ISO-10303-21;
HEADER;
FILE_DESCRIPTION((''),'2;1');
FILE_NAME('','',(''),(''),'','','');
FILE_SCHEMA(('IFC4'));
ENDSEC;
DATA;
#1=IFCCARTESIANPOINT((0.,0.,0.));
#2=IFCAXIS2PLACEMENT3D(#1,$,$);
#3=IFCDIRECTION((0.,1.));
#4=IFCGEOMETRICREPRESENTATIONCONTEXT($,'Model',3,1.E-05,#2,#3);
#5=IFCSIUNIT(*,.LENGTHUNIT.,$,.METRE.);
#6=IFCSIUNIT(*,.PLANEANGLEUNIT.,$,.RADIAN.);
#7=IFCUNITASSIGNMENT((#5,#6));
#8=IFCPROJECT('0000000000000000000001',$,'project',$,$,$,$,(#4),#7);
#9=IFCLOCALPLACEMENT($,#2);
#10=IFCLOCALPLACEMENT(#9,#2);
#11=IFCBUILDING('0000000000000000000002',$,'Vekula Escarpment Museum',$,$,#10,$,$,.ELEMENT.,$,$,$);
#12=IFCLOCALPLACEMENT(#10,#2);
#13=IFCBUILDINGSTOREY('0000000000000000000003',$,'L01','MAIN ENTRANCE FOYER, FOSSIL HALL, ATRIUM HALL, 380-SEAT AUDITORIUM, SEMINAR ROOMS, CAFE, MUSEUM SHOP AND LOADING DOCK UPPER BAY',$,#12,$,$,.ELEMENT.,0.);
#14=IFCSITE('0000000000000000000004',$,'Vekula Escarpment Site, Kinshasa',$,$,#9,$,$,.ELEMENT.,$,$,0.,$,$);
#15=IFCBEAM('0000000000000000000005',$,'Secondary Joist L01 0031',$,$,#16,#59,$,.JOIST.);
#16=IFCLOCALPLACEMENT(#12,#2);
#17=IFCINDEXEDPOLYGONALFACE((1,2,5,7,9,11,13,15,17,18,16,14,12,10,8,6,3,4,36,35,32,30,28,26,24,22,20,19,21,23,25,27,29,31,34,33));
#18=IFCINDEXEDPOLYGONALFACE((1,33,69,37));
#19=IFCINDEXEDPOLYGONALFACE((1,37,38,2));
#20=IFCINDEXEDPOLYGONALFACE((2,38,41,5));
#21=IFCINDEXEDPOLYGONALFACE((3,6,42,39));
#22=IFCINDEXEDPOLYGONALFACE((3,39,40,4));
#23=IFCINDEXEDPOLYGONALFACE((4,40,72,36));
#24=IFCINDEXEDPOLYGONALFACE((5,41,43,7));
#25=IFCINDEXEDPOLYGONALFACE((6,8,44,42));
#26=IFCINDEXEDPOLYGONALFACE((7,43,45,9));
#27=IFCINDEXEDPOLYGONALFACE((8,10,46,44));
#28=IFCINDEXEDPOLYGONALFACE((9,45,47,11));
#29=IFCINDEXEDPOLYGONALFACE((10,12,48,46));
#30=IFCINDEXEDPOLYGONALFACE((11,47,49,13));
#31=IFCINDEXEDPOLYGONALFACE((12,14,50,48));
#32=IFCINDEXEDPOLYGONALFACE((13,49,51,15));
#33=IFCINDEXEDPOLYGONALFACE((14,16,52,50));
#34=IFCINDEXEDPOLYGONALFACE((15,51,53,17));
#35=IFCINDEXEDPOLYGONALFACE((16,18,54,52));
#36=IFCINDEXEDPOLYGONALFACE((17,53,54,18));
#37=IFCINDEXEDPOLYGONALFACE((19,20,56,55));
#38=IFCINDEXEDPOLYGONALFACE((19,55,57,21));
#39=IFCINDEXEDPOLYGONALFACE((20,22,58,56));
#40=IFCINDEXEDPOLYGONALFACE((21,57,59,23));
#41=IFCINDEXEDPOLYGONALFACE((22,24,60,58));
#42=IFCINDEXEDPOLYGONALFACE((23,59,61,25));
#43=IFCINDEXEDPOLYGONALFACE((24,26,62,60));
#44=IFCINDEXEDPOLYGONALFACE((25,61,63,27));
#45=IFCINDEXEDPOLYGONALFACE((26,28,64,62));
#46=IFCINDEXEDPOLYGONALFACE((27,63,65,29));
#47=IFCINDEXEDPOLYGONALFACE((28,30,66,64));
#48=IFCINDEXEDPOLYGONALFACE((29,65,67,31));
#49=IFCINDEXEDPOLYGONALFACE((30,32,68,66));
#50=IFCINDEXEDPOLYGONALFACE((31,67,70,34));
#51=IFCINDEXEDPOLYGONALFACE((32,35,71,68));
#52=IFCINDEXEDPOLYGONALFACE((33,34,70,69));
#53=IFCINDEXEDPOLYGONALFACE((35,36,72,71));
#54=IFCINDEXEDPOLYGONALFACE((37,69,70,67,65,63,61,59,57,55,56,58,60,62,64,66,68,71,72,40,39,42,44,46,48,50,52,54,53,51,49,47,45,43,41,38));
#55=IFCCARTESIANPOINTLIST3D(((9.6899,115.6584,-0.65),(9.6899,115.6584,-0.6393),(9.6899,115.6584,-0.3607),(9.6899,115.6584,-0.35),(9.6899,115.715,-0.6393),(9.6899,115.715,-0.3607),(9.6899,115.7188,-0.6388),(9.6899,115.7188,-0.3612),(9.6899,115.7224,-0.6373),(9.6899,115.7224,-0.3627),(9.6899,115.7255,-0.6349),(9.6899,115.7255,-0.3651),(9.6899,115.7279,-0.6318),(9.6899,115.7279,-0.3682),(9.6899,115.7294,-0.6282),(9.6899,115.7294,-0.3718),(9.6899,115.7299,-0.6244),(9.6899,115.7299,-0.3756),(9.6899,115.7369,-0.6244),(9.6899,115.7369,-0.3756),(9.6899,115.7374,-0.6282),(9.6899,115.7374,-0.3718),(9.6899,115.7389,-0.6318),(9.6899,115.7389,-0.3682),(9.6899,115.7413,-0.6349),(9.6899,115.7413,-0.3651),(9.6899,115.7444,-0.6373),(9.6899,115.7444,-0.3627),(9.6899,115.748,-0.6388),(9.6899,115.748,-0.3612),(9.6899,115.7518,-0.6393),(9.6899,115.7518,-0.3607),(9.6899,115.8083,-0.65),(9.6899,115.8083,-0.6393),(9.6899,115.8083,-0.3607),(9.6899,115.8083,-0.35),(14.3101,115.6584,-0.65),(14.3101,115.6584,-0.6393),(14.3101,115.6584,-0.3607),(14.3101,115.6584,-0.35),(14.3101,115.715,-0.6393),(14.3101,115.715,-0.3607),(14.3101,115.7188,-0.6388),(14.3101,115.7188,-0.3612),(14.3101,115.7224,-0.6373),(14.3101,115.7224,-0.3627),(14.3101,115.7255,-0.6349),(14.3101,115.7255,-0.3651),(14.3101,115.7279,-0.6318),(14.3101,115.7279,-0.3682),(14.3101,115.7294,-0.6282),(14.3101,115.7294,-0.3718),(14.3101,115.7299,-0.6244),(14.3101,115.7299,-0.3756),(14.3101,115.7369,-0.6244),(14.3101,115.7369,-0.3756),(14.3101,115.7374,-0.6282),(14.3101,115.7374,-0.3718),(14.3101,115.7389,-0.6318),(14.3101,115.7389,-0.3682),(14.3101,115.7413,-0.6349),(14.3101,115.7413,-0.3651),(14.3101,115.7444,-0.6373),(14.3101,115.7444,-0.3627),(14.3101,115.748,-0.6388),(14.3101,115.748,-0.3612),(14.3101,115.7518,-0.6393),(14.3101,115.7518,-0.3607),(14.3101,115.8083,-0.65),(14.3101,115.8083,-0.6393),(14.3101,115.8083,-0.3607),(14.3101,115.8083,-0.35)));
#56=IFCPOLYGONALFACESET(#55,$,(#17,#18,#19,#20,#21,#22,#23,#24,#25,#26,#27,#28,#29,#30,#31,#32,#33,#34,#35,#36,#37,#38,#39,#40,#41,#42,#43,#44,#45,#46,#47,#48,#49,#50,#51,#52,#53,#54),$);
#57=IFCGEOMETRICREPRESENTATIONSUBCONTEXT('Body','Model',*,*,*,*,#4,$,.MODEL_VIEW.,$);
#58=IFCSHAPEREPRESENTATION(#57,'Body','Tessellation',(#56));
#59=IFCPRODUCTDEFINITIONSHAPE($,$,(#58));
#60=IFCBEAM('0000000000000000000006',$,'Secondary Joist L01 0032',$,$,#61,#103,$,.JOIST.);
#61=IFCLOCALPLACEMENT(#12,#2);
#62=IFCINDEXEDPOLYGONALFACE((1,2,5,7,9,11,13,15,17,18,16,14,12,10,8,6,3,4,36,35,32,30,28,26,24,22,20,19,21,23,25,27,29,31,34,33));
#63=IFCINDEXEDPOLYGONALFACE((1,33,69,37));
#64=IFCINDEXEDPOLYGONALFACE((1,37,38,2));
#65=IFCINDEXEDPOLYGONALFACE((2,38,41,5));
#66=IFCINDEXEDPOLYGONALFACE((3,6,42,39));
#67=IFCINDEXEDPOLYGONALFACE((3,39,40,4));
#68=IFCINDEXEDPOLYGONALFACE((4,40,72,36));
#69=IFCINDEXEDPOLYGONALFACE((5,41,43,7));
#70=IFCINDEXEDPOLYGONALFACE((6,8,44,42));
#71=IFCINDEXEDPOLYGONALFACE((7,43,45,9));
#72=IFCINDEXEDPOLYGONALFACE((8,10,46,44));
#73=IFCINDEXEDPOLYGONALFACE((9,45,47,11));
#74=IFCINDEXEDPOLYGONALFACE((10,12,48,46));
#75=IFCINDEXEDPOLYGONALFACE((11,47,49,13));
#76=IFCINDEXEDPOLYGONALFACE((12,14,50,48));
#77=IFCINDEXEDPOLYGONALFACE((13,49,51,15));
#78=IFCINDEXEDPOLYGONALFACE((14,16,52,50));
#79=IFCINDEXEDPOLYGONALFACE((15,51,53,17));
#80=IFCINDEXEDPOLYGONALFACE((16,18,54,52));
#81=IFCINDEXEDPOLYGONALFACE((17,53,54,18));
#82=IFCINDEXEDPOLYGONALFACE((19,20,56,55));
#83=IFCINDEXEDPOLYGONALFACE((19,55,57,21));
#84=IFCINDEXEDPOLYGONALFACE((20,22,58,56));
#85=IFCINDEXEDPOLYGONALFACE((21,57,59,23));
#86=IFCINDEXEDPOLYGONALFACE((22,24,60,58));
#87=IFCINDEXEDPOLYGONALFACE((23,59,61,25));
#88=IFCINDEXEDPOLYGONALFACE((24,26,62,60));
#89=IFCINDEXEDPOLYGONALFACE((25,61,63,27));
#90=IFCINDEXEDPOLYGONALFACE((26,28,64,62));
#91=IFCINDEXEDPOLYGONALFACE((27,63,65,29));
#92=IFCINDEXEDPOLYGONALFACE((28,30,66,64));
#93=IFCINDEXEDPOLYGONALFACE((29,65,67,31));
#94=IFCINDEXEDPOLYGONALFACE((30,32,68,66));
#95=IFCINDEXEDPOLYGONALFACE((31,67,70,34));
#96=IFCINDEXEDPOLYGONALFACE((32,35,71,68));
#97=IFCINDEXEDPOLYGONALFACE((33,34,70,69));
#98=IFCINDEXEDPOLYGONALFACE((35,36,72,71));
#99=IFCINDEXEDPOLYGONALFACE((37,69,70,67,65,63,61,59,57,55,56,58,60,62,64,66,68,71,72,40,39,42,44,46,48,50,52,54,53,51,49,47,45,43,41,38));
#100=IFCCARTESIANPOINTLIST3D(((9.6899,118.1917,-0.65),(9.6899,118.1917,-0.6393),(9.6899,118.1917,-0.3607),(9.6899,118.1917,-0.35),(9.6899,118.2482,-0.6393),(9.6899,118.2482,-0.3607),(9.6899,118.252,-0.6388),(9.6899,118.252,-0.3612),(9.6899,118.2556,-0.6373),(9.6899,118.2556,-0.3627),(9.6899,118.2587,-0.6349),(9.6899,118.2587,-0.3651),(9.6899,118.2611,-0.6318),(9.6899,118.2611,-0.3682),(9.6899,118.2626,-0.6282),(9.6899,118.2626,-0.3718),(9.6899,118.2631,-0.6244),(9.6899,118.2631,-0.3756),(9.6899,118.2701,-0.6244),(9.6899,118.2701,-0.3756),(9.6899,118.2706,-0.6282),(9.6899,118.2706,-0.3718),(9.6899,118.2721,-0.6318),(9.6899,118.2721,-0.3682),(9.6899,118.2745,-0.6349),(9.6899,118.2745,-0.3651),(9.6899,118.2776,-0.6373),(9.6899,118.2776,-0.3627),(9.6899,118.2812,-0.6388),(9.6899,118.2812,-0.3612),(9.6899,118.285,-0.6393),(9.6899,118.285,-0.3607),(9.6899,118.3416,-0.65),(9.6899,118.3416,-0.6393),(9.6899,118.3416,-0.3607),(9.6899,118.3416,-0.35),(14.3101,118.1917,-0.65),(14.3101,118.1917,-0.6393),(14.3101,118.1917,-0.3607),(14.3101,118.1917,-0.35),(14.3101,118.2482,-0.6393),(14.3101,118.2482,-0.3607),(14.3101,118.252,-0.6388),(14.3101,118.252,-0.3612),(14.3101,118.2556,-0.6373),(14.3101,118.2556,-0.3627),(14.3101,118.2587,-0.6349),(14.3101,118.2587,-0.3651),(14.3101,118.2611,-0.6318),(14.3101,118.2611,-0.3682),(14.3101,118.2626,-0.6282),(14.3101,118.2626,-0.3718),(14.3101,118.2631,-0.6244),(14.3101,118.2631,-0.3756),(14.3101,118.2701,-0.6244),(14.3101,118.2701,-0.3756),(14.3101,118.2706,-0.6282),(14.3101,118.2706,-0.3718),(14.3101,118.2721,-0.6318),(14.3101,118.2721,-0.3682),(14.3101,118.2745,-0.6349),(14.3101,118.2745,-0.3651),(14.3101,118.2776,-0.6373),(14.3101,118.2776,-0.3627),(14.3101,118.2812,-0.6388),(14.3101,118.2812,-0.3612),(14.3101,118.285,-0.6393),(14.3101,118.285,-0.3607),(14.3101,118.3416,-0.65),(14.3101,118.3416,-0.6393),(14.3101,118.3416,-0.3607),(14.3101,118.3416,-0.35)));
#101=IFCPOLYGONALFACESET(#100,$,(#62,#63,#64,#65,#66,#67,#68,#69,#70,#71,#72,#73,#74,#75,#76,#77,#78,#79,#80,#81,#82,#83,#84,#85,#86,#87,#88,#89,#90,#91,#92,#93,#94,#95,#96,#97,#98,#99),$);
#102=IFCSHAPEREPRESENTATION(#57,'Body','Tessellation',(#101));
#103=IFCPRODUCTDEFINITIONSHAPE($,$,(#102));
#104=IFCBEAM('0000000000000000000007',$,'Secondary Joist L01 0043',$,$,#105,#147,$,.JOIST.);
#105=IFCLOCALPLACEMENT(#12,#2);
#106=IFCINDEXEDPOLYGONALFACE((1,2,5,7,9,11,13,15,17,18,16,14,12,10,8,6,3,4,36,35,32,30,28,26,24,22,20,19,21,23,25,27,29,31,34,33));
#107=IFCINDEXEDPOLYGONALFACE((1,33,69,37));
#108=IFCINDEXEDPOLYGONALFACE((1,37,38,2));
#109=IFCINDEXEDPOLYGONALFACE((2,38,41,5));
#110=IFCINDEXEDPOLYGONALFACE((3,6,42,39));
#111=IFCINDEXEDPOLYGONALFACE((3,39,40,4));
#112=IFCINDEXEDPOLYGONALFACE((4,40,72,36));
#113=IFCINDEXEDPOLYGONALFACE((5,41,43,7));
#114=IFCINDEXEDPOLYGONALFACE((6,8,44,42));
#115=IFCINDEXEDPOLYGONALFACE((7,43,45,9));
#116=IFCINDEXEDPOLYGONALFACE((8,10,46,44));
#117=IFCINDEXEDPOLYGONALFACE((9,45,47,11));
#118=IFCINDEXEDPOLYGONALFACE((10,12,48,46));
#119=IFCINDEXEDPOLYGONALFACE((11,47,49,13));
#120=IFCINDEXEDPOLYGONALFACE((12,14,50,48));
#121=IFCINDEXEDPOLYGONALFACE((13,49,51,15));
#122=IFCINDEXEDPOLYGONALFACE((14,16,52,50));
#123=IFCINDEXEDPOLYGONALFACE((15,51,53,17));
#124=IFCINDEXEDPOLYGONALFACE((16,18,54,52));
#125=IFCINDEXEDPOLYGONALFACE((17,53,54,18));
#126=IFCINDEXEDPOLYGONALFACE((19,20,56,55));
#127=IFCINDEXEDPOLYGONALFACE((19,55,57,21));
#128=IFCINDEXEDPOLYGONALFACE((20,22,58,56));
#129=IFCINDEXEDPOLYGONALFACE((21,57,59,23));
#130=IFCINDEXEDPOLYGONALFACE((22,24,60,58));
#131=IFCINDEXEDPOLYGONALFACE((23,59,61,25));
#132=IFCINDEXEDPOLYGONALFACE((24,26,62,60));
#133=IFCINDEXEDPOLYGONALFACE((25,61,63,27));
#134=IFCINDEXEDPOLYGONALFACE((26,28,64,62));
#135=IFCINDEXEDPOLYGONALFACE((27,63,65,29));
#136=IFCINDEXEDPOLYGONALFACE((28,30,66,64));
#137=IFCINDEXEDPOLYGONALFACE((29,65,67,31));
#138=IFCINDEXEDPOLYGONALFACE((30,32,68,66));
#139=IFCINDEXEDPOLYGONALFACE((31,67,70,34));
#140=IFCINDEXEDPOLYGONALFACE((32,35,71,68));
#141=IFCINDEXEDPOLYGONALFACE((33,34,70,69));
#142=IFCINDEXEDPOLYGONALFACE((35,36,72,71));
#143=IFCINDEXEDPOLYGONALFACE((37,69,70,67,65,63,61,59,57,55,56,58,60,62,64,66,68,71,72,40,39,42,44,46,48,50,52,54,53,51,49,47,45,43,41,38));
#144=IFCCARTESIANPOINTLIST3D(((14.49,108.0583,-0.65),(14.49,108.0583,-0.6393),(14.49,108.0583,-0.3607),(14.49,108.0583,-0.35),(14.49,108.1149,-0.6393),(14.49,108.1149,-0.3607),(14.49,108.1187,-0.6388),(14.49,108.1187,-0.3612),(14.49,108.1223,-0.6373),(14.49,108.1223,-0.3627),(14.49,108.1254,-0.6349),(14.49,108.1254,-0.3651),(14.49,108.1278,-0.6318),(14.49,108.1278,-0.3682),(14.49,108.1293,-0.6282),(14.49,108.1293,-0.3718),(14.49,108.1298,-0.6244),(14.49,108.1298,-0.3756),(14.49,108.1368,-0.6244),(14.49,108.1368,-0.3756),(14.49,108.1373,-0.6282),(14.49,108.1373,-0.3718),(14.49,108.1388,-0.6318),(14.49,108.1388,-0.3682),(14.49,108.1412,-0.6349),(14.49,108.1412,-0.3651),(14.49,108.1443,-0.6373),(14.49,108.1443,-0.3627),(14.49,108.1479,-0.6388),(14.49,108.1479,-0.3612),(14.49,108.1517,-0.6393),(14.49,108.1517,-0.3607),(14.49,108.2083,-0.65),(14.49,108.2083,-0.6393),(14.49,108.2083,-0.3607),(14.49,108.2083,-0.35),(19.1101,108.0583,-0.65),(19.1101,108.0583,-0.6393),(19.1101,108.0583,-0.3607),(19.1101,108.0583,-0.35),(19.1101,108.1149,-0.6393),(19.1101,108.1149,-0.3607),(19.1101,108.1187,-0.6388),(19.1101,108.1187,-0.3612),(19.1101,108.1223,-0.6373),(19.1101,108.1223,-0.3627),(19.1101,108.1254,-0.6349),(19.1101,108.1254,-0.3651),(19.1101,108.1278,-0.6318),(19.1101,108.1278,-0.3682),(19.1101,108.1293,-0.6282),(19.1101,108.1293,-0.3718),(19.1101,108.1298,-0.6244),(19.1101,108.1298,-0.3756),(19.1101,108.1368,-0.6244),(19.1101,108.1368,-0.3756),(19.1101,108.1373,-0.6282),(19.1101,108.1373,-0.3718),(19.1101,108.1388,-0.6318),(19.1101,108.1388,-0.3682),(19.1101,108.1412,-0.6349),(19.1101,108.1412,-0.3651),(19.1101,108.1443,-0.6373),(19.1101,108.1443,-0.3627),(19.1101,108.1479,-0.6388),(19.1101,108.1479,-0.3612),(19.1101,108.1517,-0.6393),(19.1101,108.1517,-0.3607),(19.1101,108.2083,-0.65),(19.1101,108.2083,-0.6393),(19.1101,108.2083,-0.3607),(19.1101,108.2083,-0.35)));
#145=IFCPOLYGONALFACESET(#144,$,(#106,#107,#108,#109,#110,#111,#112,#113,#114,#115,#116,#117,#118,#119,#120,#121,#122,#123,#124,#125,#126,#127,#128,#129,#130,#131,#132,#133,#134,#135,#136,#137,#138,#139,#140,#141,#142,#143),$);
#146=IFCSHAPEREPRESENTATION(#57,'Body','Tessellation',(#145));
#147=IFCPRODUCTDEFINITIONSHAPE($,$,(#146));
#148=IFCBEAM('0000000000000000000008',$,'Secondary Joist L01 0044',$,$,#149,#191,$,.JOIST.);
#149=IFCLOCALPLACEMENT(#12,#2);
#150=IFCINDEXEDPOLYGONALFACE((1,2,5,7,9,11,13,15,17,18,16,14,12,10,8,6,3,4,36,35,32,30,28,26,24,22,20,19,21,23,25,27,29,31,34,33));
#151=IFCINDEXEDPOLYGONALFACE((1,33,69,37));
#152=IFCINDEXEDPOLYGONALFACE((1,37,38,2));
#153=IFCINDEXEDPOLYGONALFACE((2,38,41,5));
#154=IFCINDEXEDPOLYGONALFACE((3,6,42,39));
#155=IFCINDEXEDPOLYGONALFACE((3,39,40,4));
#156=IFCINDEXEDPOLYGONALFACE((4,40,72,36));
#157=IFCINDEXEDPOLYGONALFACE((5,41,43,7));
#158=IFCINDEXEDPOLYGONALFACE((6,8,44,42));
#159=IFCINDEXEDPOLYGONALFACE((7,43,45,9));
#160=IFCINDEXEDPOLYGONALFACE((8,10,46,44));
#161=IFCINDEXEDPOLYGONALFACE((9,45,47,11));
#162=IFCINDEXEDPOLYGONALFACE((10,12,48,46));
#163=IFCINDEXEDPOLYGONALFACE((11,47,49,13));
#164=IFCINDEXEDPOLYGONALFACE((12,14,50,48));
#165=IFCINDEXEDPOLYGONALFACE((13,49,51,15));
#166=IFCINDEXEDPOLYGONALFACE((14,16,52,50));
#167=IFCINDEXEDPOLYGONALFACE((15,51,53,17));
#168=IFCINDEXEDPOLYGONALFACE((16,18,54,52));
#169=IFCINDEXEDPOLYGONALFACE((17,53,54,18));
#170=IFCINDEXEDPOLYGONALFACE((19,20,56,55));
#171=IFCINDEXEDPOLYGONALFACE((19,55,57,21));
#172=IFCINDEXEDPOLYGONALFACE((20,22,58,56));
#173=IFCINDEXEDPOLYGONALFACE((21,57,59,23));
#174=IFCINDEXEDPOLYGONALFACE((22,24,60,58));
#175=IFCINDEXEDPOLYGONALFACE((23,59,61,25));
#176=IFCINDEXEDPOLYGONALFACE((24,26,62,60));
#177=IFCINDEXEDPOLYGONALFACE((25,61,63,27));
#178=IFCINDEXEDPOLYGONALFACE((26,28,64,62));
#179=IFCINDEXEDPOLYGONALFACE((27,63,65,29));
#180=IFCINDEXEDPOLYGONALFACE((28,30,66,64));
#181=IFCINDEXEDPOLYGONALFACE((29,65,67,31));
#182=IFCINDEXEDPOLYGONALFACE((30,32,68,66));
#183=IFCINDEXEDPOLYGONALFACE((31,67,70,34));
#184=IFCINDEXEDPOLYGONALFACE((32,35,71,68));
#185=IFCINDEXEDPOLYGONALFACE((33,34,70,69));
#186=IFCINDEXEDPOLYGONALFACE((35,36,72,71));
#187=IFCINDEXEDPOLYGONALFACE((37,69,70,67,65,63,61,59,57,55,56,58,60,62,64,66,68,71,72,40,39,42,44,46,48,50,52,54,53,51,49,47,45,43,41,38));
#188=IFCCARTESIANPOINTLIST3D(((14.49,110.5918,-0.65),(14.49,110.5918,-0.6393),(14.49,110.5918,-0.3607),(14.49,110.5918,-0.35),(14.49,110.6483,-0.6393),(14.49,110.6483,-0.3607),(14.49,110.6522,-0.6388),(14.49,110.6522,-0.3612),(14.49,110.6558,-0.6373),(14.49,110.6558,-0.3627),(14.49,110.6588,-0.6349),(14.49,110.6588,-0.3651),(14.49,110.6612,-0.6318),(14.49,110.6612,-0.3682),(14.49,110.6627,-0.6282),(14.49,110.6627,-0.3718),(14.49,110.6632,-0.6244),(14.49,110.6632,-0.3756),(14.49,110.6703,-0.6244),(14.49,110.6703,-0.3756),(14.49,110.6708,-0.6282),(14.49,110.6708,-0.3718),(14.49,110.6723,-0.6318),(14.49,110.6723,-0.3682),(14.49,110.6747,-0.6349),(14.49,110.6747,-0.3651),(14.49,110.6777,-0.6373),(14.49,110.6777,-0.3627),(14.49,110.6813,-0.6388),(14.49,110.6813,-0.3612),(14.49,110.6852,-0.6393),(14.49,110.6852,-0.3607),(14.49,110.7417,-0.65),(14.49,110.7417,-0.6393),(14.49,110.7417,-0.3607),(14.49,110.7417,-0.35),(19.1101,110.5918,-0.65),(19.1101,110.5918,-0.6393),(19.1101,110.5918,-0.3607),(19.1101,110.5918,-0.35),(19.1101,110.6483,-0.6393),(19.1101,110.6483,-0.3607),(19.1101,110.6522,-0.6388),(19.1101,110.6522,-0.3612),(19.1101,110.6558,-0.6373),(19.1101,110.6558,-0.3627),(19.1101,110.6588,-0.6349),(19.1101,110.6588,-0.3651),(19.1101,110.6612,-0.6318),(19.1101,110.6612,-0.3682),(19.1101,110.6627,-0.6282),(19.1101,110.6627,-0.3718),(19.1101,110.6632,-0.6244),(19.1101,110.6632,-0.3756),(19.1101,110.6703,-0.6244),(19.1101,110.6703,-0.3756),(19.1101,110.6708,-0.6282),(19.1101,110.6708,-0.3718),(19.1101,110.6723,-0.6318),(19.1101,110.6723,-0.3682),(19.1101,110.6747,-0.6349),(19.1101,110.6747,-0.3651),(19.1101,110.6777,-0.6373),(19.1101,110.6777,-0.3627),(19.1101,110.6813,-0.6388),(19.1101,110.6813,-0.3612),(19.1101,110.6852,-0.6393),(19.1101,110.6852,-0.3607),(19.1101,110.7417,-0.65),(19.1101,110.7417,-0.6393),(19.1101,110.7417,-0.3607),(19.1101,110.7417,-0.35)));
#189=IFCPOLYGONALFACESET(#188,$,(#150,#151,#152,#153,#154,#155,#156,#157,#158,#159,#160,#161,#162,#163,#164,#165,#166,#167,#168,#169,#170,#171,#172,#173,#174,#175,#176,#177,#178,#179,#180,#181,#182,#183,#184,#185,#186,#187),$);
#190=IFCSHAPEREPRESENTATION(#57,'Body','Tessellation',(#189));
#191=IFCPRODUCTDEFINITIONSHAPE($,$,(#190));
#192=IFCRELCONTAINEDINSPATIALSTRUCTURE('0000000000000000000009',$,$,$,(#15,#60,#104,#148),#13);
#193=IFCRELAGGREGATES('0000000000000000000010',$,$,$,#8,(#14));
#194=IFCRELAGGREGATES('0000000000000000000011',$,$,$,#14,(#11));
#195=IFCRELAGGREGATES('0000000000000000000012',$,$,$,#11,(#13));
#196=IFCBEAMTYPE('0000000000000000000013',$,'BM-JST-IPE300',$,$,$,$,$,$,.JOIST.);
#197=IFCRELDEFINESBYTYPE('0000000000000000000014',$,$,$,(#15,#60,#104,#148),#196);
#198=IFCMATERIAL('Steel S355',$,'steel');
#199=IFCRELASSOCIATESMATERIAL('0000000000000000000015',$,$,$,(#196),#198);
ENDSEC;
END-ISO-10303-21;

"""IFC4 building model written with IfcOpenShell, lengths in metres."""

from ifc_helpers import new_model, si_unit, direction, frame, origin, origin_2d, place, context, subcontext, project, spatial, i_section, extrude, material, material_profile, profile_set, type_object, element, save


model = new_model("IFC4")

# Units and contexts
model_context = context("Model", 3, precision=1e-05, world=origin(), true_north=direction((0.0, 1.0)))
body_context = subcontext(model_context, "Body", "Model", "MODEL_VIEW")
ifc_project = project(units=[si_unit("LENGTHUNIT", "METRE"), si_unit("PLANEANGLEUNIT", "RADIAN")], contexts=[model_context])

# Site, building, storey
site_placement = place(None, origin())
site = spatial("IfcSite", under=ifc_project, at=site_placement, Name="Vekula Escarpment Site, Kinshasa", CompositionType="ELEMENT", RefElevation=0.0)
building_placement = place(site_placement, origin())
building = spatial("IfcBuilding", under=site, at=building_placement, Name="Vekula Escarpment Museum", CompositionType="ELEMENT")
storey_placement = place(building_placement, origin())
storey = spatial("IfcBuildingStorey", under=building, at=storey_placement, Name="L01", Description="MAIN ENTRANCE FOYER, FOSSIL HALL, ATRIUM HALL, 380-SEAT AUDITORIUM, SEMINAR ROOMS, CAFE, MUSEUM SHOP AND LOADING DOCK UPPER BAY", CompositionType="ELEMENT", Elevation=0.0)

# Beams
ifc_material_1 = material(Name="Steel S355", Category="steel")
ifc_material_profile_1 = material_profile(ifc_material_1, i_section(OverallWidth=0.1499, OverallDepth=0.3, WebThickness=0.0071, FlangeThickness=0.0107, FilletRadius=0.0149, at=origin_2d()), Name="IPE 300")
ifc_profile_set_1 = profile_set([ifc_material_profile_1], Name="Steel S355")
beam_type_1 = type_object("IfcBeamType", Name="BM-JST-IPE300", PredefinedType="JOIST", material=ifc_profile_set_1)
for number, where, z_axis, x_axis, name in (
    (1, (9.6899, 115.7334, -0.5), (1.0, 0.0, 0.0), (0.0, 1.0, 0.0), "Secondary Joist L01 0031"),
    (2, (9.6899, 118.2666, -0.5), (1.0, 0.0, 0.0), (0.0, 1.0, 0.0), "Secondary Joist L01 0032"),
    (3, (14.49, 108.1333, -0.5), (1.0, 0.0, 0.0), (0.0, 1.0, 0.0), "Secondary Joist L01 0043"),
    (4, (14.49, 110.6667, -0.5), (1.0, 0.0, 0.0), (0.0, 1.0, 0.0), "Secondary Joist L01 0044"),
):
    element("IfcBeam", number, at=place(storey_placement, frame(where, z_axis=z_axis, x_axis=x_axis)), inside=storey, type_object=beam_type_1, Name=name, PredefinedType="JOIST", context=body_context, shape_type="SweptSolid", body=[
        extrude(i_section(OverallWidth=0.1499, OverallDepth=0.3, WebThickness=0.0071, FlangeThickness=0.0107, FilletRadius=0.0149, at=origin_2d()), origin(), (0.0, 0.0, 1.0), 4.6201),
    ])

save(model, "model.ifc")
